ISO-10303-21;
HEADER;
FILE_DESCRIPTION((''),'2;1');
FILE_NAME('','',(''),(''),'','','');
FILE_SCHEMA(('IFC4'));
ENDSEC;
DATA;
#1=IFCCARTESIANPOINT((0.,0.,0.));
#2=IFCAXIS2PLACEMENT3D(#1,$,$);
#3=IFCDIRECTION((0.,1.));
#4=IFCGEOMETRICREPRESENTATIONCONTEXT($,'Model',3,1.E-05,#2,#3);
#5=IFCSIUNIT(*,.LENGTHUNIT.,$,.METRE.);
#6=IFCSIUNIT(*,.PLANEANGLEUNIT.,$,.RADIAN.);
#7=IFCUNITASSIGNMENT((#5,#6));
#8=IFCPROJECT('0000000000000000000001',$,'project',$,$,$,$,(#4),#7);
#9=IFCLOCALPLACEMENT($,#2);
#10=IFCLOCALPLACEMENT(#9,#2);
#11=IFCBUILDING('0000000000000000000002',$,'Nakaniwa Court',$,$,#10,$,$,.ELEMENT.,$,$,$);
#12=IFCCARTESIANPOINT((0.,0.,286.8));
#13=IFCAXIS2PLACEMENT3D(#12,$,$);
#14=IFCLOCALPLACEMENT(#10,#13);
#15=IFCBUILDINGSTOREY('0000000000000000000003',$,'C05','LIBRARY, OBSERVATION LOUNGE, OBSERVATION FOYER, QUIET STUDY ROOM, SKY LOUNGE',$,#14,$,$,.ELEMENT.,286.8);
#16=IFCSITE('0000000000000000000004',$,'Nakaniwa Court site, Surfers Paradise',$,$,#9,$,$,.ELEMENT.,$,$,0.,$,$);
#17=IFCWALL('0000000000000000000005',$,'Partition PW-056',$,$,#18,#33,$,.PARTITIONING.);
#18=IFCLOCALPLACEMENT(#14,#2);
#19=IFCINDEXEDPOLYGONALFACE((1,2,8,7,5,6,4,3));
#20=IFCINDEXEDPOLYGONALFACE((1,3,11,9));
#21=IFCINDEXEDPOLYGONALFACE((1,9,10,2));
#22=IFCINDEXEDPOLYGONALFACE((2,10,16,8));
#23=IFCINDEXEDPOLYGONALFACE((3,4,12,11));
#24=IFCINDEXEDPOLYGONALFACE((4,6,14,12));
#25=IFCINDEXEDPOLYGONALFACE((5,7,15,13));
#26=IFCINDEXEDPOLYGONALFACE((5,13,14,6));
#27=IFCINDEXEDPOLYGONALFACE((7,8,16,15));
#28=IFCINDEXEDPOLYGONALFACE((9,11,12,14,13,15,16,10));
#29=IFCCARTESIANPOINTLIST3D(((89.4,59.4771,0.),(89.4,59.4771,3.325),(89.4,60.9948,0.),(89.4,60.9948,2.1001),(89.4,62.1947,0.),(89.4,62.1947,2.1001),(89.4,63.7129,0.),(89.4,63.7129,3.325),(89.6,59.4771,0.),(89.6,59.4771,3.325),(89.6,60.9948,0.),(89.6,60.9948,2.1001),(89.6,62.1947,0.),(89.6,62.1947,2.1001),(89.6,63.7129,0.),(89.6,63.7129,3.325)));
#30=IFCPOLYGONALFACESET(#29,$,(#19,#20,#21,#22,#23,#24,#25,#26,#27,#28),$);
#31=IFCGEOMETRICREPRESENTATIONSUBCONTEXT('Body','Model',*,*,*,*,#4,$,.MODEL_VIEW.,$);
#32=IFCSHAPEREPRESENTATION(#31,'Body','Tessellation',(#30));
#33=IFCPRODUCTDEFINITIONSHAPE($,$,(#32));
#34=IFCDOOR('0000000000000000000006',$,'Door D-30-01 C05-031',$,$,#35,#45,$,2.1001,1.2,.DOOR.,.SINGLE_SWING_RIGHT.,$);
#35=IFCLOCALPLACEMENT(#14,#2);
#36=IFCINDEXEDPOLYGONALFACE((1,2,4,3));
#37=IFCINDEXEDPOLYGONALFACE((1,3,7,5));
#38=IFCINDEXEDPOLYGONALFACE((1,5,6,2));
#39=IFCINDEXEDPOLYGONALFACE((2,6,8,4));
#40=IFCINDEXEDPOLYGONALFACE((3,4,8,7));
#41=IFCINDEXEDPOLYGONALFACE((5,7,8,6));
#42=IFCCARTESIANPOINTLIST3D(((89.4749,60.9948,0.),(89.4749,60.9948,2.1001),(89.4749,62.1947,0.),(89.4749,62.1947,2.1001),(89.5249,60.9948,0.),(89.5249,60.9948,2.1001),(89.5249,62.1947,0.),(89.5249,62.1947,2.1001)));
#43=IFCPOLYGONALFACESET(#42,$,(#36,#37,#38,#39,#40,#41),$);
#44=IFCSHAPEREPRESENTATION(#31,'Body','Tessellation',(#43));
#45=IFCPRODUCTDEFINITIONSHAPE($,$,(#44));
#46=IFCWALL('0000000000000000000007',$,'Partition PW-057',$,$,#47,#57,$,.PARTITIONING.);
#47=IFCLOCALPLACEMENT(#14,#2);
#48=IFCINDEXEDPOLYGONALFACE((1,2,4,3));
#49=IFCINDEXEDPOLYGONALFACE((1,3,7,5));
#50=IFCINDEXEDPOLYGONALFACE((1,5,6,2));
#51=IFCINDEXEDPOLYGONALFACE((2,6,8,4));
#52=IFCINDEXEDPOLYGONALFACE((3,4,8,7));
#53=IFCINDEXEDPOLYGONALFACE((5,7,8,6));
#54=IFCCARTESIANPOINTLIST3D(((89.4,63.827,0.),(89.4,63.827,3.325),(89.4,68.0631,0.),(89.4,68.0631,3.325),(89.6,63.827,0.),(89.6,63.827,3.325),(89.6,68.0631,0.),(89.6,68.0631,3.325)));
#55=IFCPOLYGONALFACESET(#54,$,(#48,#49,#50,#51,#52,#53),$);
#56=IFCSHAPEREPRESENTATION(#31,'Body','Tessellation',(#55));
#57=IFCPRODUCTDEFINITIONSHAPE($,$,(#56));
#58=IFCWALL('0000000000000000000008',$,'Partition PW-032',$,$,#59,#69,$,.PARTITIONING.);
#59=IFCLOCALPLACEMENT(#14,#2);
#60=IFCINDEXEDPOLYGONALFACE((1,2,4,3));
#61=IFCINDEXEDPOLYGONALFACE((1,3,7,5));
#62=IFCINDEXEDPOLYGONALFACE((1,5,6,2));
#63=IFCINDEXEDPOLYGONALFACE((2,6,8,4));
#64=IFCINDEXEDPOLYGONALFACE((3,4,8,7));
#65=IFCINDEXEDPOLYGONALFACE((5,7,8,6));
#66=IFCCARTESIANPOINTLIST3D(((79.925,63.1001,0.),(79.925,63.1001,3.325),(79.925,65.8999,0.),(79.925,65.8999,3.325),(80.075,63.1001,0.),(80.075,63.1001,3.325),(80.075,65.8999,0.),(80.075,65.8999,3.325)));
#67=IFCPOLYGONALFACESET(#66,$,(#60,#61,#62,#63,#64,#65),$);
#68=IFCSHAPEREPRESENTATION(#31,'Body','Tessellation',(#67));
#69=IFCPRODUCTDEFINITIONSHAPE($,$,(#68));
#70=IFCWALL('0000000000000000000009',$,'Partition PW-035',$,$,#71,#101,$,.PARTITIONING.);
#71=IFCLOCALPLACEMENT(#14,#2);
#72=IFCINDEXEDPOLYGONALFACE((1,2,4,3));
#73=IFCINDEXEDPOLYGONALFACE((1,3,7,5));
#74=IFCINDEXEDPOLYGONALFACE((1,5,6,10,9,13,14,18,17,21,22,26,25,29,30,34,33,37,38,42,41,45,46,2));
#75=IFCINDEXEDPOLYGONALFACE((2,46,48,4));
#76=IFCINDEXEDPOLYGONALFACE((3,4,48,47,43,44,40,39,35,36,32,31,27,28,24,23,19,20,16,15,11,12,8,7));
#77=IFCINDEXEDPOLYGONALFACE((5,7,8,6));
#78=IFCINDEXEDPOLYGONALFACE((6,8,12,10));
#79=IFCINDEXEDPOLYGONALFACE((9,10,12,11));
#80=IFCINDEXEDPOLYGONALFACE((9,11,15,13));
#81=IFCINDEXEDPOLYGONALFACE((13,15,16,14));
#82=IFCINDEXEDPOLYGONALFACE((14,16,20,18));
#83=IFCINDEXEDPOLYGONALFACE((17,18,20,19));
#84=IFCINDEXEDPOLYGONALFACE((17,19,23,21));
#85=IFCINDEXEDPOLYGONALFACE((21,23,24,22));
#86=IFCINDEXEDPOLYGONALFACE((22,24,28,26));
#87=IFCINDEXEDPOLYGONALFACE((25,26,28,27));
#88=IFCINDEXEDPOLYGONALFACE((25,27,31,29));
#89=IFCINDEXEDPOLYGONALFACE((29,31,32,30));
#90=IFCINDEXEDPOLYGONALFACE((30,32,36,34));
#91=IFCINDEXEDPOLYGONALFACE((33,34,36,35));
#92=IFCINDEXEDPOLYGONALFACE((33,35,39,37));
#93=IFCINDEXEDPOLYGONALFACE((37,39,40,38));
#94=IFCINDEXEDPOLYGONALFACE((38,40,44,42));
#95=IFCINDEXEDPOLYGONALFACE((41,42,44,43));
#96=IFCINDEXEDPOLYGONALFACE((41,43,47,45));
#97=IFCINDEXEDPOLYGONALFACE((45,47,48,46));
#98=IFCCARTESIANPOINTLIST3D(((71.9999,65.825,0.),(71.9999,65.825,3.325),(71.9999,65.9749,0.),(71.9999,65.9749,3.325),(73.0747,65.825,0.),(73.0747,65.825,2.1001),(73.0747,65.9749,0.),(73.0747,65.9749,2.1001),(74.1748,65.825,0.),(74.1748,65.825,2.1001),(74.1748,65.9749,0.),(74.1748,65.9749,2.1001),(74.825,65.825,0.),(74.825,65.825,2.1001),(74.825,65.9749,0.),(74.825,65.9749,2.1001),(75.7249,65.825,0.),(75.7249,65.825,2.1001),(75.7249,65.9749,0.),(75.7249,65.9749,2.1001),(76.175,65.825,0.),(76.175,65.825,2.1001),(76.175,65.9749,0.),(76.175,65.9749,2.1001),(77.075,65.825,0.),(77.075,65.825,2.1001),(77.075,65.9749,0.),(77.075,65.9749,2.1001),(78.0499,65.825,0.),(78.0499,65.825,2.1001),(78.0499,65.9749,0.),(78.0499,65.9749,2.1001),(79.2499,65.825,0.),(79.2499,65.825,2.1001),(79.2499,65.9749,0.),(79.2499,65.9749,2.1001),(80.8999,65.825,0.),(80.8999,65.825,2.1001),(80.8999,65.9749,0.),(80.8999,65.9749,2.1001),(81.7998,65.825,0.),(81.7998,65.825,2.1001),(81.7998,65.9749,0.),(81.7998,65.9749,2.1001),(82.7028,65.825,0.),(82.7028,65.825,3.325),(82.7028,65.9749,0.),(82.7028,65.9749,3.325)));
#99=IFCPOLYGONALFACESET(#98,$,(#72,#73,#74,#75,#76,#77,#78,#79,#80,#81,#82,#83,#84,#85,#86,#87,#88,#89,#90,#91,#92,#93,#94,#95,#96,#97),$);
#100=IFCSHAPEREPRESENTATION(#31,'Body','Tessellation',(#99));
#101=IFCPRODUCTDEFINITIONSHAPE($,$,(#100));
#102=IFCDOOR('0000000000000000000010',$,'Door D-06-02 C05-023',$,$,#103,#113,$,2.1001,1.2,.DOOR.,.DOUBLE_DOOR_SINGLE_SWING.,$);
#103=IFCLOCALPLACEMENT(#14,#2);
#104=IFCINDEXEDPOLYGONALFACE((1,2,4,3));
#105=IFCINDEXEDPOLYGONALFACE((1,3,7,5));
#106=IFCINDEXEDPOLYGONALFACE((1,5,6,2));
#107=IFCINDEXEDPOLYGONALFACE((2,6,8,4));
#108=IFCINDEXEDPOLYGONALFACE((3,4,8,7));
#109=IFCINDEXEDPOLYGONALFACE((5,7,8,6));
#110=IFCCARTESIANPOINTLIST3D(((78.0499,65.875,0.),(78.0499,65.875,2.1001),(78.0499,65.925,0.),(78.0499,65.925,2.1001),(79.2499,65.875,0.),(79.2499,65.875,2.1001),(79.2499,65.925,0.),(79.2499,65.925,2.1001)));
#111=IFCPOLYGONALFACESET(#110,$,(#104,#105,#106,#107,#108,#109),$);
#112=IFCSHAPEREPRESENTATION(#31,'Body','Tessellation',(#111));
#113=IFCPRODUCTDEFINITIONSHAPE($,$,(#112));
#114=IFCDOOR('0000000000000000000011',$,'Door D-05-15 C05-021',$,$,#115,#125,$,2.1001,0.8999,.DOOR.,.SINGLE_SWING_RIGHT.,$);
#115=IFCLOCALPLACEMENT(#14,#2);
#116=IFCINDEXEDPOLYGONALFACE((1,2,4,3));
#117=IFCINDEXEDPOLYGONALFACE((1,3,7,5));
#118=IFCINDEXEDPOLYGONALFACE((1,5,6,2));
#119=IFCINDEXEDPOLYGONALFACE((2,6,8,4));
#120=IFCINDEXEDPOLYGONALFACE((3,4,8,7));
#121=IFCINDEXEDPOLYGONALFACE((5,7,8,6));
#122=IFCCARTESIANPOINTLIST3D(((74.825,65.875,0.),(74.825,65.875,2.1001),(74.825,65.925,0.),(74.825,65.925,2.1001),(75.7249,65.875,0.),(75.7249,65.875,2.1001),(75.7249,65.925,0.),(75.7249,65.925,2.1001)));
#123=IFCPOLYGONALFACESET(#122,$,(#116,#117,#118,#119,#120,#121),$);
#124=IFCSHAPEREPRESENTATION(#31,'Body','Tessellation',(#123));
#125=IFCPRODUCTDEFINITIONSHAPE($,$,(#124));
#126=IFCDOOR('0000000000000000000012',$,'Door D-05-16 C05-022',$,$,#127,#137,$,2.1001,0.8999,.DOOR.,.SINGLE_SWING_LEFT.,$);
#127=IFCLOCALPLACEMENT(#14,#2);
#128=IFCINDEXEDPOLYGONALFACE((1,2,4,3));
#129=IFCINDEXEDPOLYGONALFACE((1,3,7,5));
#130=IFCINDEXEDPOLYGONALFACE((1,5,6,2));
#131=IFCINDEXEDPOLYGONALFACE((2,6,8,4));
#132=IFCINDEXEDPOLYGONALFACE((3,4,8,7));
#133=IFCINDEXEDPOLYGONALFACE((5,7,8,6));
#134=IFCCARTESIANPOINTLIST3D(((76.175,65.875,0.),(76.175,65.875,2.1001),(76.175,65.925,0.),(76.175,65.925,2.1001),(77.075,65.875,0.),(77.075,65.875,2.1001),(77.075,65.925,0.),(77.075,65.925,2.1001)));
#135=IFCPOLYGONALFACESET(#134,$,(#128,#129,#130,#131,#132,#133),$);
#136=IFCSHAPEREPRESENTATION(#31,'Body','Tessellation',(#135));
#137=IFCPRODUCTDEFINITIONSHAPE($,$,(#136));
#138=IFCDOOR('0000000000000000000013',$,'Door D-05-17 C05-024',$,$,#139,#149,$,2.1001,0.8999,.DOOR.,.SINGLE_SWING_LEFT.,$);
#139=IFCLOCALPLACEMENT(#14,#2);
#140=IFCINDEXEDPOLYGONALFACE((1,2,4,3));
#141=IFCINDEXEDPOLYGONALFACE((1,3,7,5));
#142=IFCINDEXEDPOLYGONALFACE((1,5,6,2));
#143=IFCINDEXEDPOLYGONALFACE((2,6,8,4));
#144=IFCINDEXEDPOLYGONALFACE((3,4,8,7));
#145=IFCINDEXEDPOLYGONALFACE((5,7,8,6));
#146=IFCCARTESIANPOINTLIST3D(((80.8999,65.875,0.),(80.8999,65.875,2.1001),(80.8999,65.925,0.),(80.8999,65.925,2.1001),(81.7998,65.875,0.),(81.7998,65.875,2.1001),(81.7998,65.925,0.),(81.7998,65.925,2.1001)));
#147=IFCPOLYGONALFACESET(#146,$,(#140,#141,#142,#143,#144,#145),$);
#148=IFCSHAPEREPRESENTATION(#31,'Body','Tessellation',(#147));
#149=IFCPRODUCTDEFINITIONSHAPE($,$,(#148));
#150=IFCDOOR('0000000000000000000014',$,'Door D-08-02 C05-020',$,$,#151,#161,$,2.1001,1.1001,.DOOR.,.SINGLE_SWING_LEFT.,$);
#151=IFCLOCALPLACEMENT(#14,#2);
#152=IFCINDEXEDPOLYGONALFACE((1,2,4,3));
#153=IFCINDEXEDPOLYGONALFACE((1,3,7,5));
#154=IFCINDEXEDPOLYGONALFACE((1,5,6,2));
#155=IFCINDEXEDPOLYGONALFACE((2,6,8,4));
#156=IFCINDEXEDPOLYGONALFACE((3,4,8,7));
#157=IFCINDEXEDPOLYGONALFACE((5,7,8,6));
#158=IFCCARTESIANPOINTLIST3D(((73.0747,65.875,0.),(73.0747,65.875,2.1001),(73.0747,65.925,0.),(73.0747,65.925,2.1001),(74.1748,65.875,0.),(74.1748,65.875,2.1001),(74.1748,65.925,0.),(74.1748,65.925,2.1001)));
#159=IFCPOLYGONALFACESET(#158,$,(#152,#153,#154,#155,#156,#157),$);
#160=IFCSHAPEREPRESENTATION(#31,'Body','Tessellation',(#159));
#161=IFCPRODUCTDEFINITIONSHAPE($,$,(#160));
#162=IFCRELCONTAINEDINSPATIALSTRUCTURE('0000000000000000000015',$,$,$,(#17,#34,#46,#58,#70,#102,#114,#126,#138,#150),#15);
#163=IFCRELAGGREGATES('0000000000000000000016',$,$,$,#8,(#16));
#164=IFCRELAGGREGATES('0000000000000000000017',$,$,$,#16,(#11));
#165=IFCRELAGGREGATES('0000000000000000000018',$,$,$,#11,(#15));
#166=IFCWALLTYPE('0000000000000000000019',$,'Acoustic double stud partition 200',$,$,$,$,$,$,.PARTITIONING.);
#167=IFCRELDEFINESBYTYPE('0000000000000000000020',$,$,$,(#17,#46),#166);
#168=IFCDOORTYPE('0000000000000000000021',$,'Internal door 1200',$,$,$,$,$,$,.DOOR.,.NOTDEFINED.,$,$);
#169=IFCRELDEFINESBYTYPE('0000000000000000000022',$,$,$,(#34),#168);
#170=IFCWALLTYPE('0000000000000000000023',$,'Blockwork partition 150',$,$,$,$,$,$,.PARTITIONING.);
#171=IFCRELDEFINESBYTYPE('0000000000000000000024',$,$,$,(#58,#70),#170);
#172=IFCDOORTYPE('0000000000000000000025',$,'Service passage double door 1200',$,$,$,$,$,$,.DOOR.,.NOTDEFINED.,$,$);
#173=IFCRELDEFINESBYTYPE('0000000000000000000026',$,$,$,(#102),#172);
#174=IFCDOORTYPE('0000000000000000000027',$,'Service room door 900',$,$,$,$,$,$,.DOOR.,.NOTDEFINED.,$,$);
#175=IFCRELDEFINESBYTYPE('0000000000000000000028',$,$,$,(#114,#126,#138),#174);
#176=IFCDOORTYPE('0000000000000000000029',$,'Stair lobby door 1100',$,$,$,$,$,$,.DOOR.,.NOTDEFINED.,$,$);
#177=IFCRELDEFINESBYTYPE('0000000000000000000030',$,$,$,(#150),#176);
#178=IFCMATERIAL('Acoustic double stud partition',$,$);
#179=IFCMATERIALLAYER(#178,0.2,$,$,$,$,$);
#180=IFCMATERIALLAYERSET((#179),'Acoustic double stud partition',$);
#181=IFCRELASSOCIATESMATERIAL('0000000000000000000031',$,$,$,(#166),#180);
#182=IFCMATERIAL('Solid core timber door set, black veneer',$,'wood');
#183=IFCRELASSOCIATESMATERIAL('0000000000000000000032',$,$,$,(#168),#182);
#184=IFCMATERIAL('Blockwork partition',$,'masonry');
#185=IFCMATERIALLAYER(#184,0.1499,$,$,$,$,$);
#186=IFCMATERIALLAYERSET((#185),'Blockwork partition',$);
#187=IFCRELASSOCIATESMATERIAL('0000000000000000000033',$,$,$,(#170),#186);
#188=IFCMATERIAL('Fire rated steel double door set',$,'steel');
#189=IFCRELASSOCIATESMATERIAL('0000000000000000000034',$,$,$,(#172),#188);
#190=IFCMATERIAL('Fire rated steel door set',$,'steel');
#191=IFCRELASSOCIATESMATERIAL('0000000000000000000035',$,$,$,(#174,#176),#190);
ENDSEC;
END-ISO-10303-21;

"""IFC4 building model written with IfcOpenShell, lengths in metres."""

from ifc_helpers import new_model, si_unit, direction, frame, frame_2d, origin, place, context, subcontext, project, spatial, rectangle, extrude, material, layer, layer_set, type_object, element, fill, save


model = new_model("IFC4")

# Units and contexts
model_context = context("Model", 3, precision=1e-05, world=origin(), true_north=direction((0.0, 1.0)))
body_context = subcontext(model_context, "Body", "Model", "MODEL_VIEW")
ifc_project = project(units=[si_unit("LENGTHUNIT", "METRE"), si_unit("PLANEANGLEUNIT", "RADIAN")], contexts=[model_context])

# Site, building, storey
site_placement = place(None, origin())
site = spatial("IfcSite", under=ifc_project, at=site_placement, Name="Nakaniwa Court site, Surfers Paradise", CompositionType="ELEMENT", RefElevation=0.0)
building_placement = place(site_placement, origin())
building = spatial("IfcBuilding", under=site, at=building_placement, Name="Nakaniwa Court", CompositionType="ELEMENT")
storey_placement = place(building_placement, frame((0.0, 0.0, 286.8)))
storey = spatial("IfcBuildingStorey", under=building, at=storey_placement, Name="C05", Description="LIBRARY, OBSERVATION LOUNGE, OBSERVATION FOYER, QUIET STUDY ROOM, SKY LOUNGE", CompositionType="ELEMENT", Elevation=286.8)

# Wall, opening, door
ifc_material_1 = material(Name="Acoustic double stud partition")
ifc_layer_1 = layer(ifc_material_1, 0.2)
ifc_layer_set_1 = layer_set([ifc_layer_1], Name="Acoustic double stud partition")
wall_type_1 = type_object("IfcWallType", Name="Acoustic double stud partition 200", PredefinedType="PARTITIONING", material=ifc_layer_set_1)
wall_1_placement = place(storey_placement, frame((89.5, 63.7129, 0.0), z_axis=(0.0, 0.0, 1.0), x_axis=(0.0, -1.0, 0.0)))
wall_1 = element("IfcWall", 1, at=wall_1_placement, inside=storey, type_object=wall_type_1, Name="Partition PW-056", PredefinedType="PARTITIONING", context=body_context, shape_type="SweptSolid", body=[
    extrude(rectangle(XDim=4.2358, YDim=0.2, at=frame_2d((2.1179, 0.0))), origin(), (0.0, 0.0, 1.0), 3.325),
])
opening_1_placement = place(wall_1_placement, frame((1.5181, 0.0, 0.0)))
opening_1 = element("IfcOpeningElement", 2, at=opening_1_placement, cuts=wall_1, PredefinedType="OPENING", context=body_context, shape_type="SweptSolid", body=[
    extrude(rectangle(XDim=1.2, YDim=2.1001, at=frame_2d((0.6001, 1.05))), frame((0.0, 0.1099, 0.0), z_axis=(0.0, -1.0, 0.0), x_axis=(1.0, 0.0, 0.0)), (0.0, 0.0, 1.0), 0.22),
])
ifc_material_2 = material(Name="Solid core timber door set, black veneer", Category="wood")
door_type_1 = type_object("IfcDoorType", Name="Internal door 1200", OperationType="NOTDEFINED", PredefinedType="DOOR", material=ifc_material_2)
door_1_placement = place(opening_1_placement, origin())
door_1 = element("IfcDoor", 3, at=door_1_placement, inside=storey, type_object=door_type_1, Name="Door D-30-01 C05-031", OperationType="SINGLE_SWING_RIGHT", OverallHeight=2.1001, OverallWidth=1.2, PredefinedType="DOOR", context=body_context, shape_type="SweptSolid", body=[
    extrude(rectangle(XDim=1.2, YDim=2.1001, at=frame_2d((0.6001, 1.05))), frame((0.0, 0.0249, 0.0), z_axis=(0.0, -1.0, 0.0), x_axis=(1.0, 0.0, 0.0)), (0.0, 0.0, 1.0), 0.05),
])
fill(opening_1, door_1)

# Walls
wall_2_placement = place(storey_placement, frame((89.5, 63.8269, 0.0), z_axis=(0.0, 0.0, 1.0), x_axis=(0.0, 1.0, 0.0)))
element("IfcWall", 4, at=wall_2_placement, inside=storey, type_object=wall_type_1, Name="Partition PW-057", PredefinedType="PARTITIONING", context=body_context, shape_type="SweptSolid", body=[
    extrude(rectangle(XDim=4.2361, YDim=0.2, at=frame_2d((2.1182, 0.0))), origin(), (0.0, 0.0, 1.0), 3.325),
])
ifc_material_3 = material(Name="Blockwork partition", Category="masonry")
ifc_layer_2 = layer(ifc_material_3, 0.1499)
ifc_layer_set_2 = layer_set([ifc_layer_2], Name="Blockwork partition")
wall_type_2 = type_object("IfcWallType", Name="Blockwork partition 150", PredefinedType="PARTITIONING", material=ifc_layer_set_2)
wall_3_placement = place(storey_placement, frame((80.0, 63.1001, 0.0), z_axis=(0.0, 0.0, 1.0), x_axis=(0.0, 1.0, 0.0)))
element("IfcWall", 5, at=wall_3_placement, inside=storey, type_object=wall_type_2, Name="Partition PW-032", PredefinedType="PARTITIONING", context=body_context, shape_type="SweptSolid", body=[
    extrude(rectangle(XDim=2.7998, YDim=0.1499, at=frame_2d((1.3999, 0.0))), origin(), (0.0, 0.0, 1.0), 3.325),
])

# Wall, openings, doors
wall_4_placement = place(storey_placement, frame((82.7029, 65.8999, 0.0), z_axis=(0.0, 0.0, 1.0), x_axis=(-1.0, 0.0, 0.0)))
wall_4 = element("IfcWall", 6, at=wall_4_placement, inside=storey, type_object=wall_type_2, Name="Partition PW-035", PredefinedType="PARTITIONING", context=body_context, shape_type="SweptSolid", body=[
    extrude(rectangle(XDim=10.7029, YDim=0.1499, at=frame_2d((5.3516, 0.0))), origin(), (0.0, 0.0, 1.0), 3.325),
])
opening_2_placement = place(wall_4_placement, frame((8.5281, 0.0, 0.0)))
opening_2 = element("IfcOpeningElement", 7, at=opening_2_placement, cuts=wall_4, PredefinedType="OPENING", context=body_context, shape_type="SweptSolid", body=[
    extrude(rectangle(XDim=1.1001, YDim=2.1001, at=frame_2d((0.55, 1.05))), frame((0.0, 0.085, 0.0), z_axis=(0.0, -1.0, 0.0), x_axis=(1.0, 0.0, 0.0)), (0.0, 0.0, 1.0), 0.1699),
])
opening_3_placement = place(wall_4_placement, frame((6.978, 0.0, 0.0)))
opening_3 = element("IfcOpeningElement", 8, at=opening_3_placement, cuts=wall_4, PredefinedType="OPENING", context=body_context, shape_type="SweptSolid", body=[
    extrude(rectangle(XDim=0.8999, YDim=2.1001, at=frame_2d((0.45, 1.05))), frame((0.0, 0.085, 0.0), z_axis=(0.0, -1.0, 0.0), x_axis=(1.0, 0.0, 0.0)), (0.0, 0.0, 1.0), 0.1699),
])
opening_4_placement = place(wall_4_placement, frame((5.6279, 0.0, 0.0)))
opening_4 = element("IfcOpeningElement", 9, at=opening_4_placement, cuts=wall_4, PredefinedType="OPENING", context=body_context, shape_type="SweptSolid", body=[
    extrude(rectangle(XDim=0.8999, YDim=2.1001, at=frame_2d((0.45, 1.05))), frame((0.0, 0.085, 0.0), z_axis=(0.0, -1.0, 0.0), x_axis=(1.0, 0.0, 0.0)), (0.0, 0.0, 1.0), 0.1699),
])
opening_5_placement = place(wall_4_placement, frame((3.4529, 0.0, 0.0)))
opening_5 = element("IfcOpeningElement", 10, at=opening_5_placement, cuts=wall_4, PredefinedType="OPENING", context=body_context, shape_type="SweptSolid", body=[
    extrude(rectangle(XDim=1.2, YDim=2.1001, at=frame_2d((0.6001, 1.05))), frame((0.0, 0.085, 0.0), z_axis=(0.0, -1.0, 0.0), x_axis=(1.0, 0.0, 0.0)), (0.0, 0.0, 1.0), 0.1699),
])
opening_6_placement = place(wall_4_placement, frame((0.9031, 0.0, 0.0)))
opening_6 = element("IfcOpeningElement", 11, at=opening_6_placement, cuts=wall_4, PredefinedType="OPENING", context=body_context, shape_type="SweptSolid", body=[
    extrude(rectangle(XDim=0.8999, YDim=2.1001, at=frame_2d((0.45, 1.05))), frame((0.0, 0.085, 0.0), z_axis=(0.0, -1.0, 0.0), x_axis=(1.0, 0.0, 0.0)), (0.0, 0.0, 1.0), 0.1699),
])
ifc_material_4 = material(Name="Fire rated steel double door set", Category="steel")
door_type_2 = type_object("IfcDoorType", Name="Service passage double door 1200", OperationType="NOTDEFINED", PredefinedType="DOOR", material=ifc_material_4)
door_2_placement = place(opening_5_placement, origin())
door_2 = element("IfcDoor", 12, at=door_2_placement, inside=storey, type_object=door_type_2, Name="Door D-06-02 C05-023", OperationType="DOUBLE_DOOR_SINGLE_SWING", OverallHeight=2.1001, OverallWidth=1.2, PredefinedType="DOOR", context=body_context, shape_type="SweptSolid", body=[
    extrude(rectangle(XDim=1.2, YDim=2.1001, at=frame_2d((0.6001, 1.05))), frame((0.0, 0.0249, 0.0), z_axis=(0.0, -1.0, 0.0), x_axis=(1.0, 0.0, 0.0)), (0.0, 0.0, 1.0), 0.05),
])
fill(opening_5, door_2)
ifc_material_5 = material(Name="Fire rated steel door set", Category="steel")
door_type_3 = type_object("IfcDoorType", Name="Service room door 900", OperationType="NOTDEFINED", PredefinedType="DOOR", material=ifc_material_5)
door_3_placement = place(opening_3_placement, origin())
door_3 = element("IfcDoor", 13, at=door_3_placement, inside=storey, type_object=door_type_3, Name="Door D-05-15 C05-021", OperationType="SINGLE_SWING_RIGHT", OverallHeight=2.1001, OverallWidth=0.8999, PredefinedType="DOOR", context=body_context, shape_type="SweptSolid", body=[
    extrude(rectangle(XDim=0.8999, YDim=2.1001, at=frame_2d((0.45, 1.05))), frame((0.0, 0.0249, 0.0), z_axis=(0.0, -1.0, 0.0), x_axis=(1.0, 0.0, 0.0)), (0.0, 0.0, 1.0), 0.05),
])
fill(opening_3, door_3)
door_4_placement = place(opening_4_placement, origin())
door_4 = element("IfcDoor", 14, at=door_4_placement, inside=storey, type_object=door_type_3, Name="Door D-05-16 C05-022", OperationType="SINGLE_SWING_LEFT", OverallHeight=2.1001, OverallWidth=0.8999, PredefinedType="DOOR", context=body_context, shape_type="SweptSolid", body=[
    extrude(rectangle(XDim=0.8999, YDim=2.1001, at=frame_2d((0.45, 1.05))), frame((0.0, 0.0249, 0.0), z_axis=(0.0, -1.0, 0.0), x_axis=(1.0, 0.0, 0.0)), (0.0, 0.0, 1.0), 0.05),
])
fill(opening_4, door_4)
door_5_placement = place(opening_6_placement, origin())
door_5 = element("IfcDoor", 15, at=door_5_placement, inside=storey, type_object=door_type_3, Name="Door D-05-17 C05-024", OperationType="SINGLE_SWING_LEFT", OverallHeight=2.1001, OverallWidth=0.8999, PredefinedType="DOOR", context=body_context, shape_type="SweptSolid", body=[
    extrude(rectangle(XDim=0.8999, YDim=2.1001, at=frame_2d((0.45, 1.05))), frame((0.0, 0.0249, 0.0), z_axis=(0.0, -1.0, 0.0), x_axis=(1.0, 0.0, 0.0)), (0.0, 0.0, 1.0), 0.05),
])
fill(opening_6, door_5)
door_type_4 = type_object("IfcDoorType", Name="Stair lobby door 1100", OperationType="NOTDEFINED", PredefinedType="DOOR", material=ifc_material_5)
door_6_placement = place(opening_2_placement, origin())
door_6 = element("IfcDoor", 16, at=door_6_placement, inside=storey, type_object=door_type_4, Name="Door D-08-02 C05-020", OperationType="SINGLE_SWING_LEFT", OverallHeight=2.1001, OverallWidth=1.1001, PredefinedType="DOOR", context=body_context, shape_type="SweptSolid", body=[
    extrude(rectangle(XDim=1.1001, YDim=2.1001, at=frame_2d((0.55, 1.05))), frame((0.0, 0.0249, 0.0), z_axis=(0.0, -1.0, 0.0), x_axis=(1.0, 0.0, 0.0)), (0.0, 0.0, 1.0), 0.05),
])
fill(opening_2, door_6)

save(model, "model.ifc")
